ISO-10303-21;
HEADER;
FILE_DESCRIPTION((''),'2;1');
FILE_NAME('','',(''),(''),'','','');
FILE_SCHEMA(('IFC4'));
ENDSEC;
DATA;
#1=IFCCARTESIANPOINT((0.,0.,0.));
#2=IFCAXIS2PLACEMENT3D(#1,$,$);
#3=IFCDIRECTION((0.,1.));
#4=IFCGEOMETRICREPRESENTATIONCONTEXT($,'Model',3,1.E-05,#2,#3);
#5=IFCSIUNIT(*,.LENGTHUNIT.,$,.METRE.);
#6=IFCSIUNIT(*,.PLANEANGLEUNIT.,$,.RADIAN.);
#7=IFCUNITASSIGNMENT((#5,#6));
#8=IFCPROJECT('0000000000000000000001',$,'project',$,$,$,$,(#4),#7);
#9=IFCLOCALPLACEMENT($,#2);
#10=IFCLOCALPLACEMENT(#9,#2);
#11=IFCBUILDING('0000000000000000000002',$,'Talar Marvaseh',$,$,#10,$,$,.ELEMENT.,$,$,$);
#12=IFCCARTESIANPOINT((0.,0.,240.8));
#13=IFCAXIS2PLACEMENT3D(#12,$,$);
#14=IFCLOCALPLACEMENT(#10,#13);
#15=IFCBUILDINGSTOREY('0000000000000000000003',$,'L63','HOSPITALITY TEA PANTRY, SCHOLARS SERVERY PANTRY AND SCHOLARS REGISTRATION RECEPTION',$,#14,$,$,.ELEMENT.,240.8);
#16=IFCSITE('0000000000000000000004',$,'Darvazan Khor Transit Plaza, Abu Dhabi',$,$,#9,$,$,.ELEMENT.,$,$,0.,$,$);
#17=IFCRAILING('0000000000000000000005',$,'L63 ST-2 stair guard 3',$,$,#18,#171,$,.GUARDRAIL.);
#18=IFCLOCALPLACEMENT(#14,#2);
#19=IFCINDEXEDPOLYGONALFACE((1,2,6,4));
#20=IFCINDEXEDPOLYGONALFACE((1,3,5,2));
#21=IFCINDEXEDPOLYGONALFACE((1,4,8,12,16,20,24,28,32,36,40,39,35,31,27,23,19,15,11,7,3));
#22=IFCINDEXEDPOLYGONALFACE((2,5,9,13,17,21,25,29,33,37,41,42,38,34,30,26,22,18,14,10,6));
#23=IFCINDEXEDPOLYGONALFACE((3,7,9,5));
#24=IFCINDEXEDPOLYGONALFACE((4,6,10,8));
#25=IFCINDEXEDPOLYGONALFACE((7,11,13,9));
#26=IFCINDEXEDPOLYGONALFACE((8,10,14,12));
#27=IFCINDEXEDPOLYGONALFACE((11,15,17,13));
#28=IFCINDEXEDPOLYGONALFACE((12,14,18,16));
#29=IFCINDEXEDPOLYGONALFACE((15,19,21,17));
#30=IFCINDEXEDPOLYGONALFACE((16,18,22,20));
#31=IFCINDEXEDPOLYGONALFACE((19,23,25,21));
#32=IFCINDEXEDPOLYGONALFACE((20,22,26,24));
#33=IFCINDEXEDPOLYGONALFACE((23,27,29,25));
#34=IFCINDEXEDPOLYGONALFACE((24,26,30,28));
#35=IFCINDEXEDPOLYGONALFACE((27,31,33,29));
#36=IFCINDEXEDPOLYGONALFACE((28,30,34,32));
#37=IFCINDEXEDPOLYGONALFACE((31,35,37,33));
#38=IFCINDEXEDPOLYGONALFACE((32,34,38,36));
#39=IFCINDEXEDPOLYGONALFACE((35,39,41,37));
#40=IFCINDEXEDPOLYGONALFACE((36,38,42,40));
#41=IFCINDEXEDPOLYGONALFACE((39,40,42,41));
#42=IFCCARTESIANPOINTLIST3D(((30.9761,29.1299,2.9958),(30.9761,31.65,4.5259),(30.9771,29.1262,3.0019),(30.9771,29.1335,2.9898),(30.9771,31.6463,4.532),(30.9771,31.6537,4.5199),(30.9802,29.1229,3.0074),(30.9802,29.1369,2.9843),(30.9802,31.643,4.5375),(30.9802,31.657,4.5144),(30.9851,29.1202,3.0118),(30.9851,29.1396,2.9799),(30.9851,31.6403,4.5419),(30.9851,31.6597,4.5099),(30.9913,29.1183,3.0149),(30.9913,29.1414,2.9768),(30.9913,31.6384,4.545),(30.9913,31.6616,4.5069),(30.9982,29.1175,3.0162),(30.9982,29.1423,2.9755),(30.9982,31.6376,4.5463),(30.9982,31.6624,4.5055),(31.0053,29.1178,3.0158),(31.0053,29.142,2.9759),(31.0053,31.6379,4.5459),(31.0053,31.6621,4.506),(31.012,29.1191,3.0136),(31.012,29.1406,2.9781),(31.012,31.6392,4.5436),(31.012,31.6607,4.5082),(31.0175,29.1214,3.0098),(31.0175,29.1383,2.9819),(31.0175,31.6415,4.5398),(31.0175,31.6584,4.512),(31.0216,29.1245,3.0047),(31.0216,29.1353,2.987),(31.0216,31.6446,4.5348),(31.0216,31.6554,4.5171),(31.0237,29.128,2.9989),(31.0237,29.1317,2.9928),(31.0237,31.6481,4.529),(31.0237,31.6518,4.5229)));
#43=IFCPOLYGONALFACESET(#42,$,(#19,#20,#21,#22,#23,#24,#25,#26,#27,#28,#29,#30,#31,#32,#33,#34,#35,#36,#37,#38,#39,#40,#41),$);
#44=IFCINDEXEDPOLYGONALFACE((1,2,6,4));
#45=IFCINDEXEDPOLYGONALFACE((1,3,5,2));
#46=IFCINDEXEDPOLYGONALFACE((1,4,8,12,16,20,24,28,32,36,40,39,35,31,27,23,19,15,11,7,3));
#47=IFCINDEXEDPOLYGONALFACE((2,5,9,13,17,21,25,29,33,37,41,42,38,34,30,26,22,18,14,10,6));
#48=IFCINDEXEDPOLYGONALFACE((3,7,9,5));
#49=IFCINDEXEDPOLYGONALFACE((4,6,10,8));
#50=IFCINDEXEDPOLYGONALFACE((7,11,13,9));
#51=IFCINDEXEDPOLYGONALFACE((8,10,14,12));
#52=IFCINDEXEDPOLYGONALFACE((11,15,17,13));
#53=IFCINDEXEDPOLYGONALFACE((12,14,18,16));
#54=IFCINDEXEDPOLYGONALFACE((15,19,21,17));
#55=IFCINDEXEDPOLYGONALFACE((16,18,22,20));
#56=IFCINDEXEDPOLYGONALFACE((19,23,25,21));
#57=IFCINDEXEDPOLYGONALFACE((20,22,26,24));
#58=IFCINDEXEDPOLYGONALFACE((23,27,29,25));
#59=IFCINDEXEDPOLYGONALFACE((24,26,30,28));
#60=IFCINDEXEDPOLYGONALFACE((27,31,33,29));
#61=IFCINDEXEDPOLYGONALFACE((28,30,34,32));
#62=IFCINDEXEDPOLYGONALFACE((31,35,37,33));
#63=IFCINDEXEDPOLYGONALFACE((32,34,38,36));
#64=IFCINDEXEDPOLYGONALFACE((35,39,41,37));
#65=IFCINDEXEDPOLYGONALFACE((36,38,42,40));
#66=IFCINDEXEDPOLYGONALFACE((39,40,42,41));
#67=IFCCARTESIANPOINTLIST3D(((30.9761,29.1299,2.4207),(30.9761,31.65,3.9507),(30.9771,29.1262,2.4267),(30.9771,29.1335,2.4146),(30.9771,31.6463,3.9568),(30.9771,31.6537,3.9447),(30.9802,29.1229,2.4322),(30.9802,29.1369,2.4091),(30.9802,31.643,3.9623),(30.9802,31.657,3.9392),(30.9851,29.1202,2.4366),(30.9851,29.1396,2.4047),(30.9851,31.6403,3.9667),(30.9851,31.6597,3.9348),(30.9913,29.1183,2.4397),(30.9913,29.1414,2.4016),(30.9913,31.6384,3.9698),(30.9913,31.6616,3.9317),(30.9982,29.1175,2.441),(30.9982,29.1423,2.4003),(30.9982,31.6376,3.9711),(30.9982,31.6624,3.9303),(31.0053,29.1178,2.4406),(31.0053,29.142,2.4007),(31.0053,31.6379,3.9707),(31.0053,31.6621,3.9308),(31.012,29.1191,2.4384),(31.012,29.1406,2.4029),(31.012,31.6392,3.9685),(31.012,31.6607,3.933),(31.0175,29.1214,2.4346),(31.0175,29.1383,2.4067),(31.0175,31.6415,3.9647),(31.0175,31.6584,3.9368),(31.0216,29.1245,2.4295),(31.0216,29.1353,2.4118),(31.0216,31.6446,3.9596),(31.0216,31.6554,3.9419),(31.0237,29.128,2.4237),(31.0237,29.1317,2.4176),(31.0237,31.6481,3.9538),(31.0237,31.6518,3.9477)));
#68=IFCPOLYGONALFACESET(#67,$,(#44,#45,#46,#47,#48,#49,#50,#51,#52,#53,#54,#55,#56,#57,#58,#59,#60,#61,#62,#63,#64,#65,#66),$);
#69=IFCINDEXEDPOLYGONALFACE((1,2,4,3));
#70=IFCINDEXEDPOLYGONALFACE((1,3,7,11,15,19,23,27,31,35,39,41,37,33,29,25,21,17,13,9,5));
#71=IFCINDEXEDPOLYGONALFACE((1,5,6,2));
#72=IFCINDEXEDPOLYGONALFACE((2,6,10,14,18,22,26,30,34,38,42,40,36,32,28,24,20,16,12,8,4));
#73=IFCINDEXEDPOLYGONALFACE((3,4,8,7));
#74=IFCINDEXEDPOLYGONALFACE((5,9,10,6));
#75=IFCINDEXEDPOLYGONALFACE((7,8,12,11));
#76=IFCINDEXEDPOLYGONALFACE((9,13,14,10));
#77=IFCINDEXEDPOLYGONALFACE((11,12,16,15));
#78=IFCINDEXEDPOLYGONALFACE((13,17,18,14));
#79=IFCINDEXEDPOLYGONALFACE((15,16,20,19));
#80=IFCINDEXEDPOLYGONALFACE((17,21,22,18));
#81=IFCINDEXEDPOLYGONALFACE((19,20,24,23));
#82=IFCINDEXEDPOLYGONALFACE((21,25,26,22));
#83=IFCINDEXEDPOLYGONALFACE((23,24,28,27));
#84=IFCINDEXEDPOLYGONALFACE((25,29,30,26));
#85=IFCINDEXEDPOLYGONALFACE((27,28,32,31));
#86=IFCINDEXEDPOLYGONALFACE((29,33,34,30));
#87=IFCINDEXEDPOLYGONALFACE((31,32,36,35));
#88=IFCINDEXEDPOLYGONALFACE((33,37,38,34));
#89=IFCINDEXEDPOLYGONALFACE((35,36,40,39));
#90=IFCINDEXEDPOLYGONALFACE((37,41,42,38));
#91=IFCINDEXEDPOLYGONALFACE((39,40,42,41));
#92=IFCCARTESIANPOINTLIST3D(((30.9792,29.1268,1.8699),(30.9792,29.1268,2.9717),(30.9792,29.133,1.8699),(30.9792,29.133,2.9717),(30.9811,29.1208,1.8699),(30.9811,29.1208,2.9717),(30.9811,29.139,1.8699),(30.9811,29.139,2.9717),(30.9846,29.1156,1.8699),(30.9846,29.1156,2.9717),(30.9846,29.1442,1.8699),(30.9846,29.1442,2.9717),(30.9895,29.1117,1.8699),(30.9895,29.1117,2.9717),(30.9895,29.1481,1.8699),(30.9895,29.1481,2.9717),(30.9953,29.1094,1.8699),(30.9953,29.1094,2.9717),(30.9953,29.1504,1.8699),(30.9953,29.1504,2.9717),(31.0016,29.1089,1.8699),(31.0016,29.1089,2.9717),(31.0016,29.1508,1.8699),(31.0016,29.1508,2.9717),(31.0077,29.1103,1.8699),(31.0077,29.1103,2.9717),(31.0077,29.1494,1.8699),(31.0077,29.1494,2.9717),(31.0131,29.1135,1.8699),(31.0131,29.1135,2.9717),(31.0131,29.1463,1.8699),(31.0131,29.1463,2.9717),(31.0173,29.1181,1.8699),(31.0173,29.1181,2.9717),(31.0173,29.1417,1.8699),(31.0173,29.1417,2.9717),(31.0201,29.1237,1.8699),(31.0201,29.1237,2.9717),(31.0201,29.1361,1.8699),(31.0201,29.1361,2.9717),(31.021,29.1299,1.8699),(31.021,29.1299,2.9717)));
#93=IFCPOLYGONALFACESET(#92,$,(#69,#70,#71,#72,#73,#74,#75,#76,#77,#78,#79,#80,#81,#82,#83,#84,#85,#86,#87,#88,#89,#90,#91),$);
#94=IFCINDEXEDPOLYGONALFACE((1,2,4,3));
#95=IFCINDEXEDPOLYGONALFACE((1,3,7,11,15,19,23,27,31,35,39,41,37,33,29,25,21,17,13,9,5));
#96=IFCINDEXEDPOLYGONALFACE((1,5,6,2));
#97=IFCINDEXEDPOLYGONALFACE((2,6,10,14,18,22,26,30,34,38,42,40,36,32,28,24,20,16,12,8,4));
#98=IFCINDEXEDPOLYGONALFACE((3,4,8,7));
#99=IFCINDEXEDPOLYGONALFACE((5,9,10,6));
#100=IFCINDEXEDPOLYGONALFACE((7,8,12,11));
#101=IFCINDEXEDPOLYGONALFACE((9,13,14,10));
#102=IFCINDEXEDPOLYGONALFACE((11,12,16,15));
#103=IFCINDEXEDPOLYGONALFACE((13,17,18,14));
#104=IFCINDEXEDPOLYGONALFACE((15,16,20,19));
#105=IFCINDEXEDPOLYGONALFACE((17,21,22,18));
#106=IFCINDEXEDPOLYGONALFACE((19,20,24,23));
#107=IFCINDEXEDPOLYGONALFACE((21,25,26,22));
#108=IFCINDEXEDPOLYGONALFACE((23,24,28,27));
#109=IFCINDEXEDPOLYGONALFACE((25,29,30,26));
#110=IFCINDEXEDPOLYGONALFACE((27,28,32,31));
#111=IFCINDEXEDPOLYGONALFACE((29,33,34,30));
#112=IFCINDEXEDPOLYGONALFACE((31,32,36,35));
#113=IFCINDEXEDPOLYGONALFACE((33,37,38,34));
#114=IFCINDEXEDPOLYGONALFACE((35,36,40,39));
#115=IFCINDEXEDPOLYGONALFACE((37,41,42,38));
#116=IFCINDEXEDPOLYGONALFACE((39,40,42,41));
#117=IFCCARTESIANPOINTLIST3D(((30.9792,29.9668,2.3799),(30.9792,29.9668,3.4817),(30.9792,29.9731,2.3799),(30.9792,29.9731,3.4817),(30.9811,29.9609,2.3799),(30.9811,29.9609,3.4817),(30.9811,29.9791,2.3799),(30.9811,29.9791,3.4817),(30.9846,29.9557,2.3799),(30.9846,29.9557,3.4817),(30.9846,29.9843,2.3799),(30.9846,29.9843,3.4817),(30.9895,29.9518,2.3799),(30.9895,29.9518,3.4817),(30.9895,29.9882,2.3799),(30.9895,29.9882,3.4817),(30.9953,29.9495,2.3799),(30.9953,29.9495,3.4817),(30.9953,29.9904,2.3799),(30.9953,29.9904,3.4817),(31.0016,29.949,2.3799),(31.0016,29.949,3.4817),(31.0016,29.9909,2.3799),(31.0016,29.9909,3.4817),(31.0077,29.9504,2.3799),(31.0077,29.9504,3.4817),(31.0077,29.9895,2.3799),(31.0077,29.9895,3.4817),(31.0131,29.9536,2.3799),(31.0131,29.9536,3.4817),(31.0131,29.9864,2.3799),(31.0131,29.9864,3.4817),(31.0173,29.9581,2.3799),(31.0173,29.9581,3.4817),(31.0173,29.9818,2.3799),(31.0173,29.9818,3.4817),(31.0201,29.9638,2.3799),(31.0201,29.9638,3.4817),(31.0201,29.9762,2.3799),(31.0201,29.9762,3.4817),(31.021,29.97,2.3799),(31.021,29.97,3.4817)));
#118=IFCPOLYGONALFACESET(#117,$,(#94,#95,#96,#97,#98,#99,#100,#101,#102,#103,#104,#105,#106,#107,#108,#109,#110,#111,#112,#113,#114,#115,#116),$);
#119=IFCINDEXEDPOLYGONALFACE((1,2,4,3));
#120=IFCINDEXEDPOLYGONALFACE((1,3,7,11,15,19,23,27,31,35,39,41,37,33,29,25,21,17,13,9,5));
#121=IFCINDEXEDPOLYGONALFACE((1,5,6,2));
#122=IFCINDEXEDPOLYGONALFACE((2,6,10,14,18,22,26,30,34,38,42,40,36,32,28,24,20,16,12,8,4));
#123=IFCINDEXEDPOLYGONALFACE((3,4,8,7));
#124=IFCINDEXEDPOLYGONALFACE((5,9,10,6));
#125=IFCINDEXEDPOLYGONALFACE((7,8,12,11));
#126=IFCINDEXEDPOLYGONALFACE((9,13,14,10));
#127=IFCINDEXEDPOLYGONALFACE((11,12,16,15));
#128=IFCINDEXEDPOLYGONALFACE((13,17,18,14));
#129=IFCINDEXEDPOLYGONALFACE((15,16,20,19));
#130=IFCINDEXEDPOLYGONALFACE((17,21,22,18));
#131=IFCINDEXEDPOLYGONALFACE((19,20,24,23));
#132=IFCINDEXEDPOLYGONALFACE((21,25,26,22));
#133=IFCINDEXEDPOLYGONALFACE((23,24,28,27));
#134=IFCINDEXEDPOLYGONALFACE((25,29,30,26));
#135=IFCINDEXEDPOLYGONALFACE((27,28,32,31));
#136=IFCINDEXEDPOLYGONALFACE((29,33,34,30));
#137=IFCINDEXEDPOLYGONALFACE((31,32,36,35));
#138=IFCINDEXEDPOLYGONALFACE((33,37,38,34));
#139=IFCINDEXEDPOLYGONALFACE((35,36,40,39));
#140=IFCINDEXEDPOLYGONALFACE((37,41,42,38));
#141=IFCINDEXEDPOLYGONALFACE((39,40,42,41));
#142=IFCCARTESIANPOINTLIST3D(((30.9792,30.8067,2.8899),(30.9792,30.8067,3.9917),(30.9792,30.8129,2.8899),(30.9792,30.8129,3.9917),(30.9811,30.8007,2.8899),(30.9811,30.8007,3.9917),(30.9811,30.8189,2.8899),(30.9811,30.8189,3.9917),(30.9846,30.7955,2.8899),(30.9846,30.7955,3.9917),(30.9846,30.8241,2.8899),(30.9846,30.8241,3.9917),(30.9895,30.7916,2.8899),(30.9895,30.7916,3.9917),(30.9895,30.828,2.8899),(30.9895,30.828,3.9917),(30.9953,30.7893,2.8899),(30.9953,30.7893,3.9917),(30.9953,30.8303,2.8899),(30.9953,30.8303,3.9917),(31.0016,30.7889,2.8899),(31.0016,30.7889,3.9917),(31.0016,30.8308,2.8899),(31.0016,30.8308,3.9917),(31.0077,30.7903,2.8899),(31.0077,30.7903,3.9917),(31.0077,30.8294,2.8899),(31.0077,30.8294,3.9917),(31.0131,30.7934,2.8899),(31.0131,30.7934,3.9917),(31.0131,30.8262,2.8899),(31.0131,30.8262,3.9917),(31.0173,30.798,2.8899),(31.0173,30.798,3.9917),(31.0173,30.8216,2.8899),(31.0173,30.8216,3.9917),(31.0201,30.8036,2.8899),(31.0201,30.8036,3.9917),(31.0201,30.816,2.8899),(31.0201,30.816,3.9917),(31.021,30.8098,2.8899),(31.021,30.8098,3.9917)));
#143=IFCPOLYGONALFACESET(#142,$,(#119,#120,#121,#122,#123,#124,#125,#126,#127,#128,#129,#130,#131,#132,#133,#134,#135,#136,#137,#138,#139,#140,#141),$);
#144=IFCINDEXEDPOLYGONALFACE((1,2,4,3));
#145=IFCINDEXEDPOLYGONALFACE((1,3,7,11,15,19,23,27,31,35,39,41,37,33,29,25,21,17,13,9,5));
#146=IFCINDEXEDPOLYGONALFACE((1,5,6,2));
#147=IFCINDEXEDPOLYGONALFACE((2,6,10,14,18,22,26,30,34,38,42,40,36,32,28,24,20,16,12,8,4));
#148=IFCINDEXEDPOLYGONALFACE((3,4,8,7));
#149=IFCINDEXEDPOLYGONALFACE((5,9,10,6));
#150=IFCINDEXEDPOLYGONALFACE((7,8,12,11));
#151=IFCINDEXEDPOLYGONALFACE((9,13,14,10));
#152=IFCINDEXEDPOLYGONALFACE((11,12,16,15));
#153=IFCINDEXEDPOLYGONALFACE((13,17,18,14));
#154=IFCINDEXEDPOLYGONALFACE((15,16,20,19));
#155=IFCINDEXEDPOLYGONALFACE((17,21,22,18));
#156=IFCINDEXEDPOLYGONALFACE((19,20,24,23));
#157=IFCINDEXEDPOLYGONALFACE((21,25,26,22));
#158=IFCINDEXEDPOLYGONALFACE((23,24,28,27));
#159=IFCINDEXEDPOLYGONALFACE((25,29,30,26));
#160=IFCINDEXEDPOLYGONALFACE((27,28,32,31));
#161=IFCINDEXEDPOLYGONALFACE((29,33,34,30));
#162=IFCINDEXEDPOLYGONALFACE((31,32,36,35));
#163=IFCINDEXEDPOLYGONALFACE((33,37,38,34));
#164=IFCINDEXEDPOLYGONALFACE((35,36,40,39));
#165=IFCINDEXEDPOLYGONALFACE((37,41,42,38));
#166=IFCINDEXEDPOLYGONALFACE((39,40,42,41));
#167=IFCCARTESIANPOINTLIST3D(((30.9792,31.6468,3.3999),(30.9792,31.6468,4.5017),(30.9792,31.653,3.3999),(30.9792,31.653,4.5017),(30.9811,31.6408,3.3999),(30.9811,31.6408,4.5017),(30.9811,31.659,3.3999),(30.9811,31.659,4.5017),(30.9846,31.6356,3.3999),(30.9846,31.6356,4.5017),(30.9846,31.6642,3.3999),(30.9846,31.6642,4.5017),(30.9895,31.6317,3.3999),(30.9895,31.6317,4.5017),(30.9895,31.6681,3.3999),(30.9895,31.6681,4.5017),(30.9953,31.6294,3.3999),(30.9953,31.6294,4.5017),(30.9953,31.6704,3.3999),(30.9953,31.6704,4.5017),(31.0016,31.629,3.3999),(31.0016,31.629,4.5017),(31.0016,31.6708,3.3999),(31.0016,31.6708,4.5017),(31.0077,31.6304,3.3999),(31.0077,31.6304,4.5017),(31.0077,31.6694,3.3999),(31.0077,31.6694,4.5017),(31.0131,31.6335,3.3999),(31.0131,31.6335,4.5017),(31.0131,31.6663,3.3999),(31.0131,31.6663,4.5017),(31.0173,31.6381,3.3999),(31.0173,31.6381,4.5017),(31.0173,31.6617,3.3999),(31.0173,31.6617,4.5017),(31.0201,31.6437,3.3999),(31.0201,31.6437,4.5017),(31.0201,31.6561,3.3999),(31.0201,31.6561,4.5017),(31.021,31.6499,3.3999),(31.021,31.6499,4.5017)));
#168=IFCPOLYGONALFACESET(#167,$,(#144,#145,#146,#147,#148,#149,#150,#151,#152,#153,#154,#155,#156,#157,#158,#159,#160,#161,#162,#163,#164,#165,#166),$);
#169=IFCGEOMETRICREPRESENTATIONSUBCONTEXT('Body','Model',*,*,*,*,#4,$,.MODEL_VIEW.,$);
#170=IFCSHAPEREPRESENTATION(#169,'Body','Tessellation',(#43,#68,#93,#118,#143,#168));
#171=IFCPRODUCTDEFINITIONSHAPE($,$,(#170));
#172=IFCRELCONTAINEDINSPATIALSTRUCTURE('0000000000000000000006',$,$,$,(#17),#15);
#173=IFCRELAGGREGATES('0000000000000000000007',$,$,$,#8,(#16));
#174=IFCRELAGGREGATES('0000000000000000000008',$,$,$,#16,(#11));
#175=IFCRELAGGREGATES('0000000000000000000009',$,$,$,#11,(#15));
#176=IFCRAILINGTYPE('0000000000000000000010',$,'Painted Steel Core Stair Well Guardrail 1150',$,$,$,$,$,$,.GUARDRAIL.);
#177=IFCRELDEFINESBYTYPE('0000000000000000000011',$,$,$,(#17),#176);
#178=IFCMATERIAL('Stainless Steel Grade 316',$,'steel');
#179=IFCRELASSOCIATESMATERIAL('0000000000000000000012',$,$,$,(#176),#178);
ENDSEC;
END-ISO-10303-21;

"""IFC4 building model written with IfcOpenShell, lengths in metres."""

from ifc_helpers import new_model, si_unit, direction, frame, origin, origin_2d, place, context, subcontext, project, spatial, circle, extrude, material, type_object, element, save


model = new_model("IFC4")

# Units and contexts
model_context = context("Model", 3, precision=1e-05, world=origin(), true_north=direction((0.0, 1.0)))
body_context = subcontext(model_context, "Body", "Model", "MODEL_VIEW")
ifc_project = project(units=[si_unit("LENGTHUNIT", "METRE"), si_unit("PLANEANGLEUNIT", "RADIAN")], contexts=[model_context])

# Site, building, storey
site_placement = place(None, origin())
site = spatial("IfcSite", under=ifc_project, at=site_placement, Name="Darvazan Khor Transit Plaza, Abu Dhabi", CompositionType="ELEMENT", RefElevation=0.0)
building_placement = place(site_placement, origin())
building = spatial("IfcBuilding", under=site, at=building_placement, Name="Talar Marvaseh", CompositionType="ELEMENT")
storey_placement = place(building_placement, frame((0.0, 0.0, 240.8)))
storey = spatial("IfcBuildingStorey", under=building, at=storey_placement, Name="L63", Description="HOSPITALITY TEA PANTRY, SCHOLARS SERVERY PANTRY AND SCHOLARS REGISTRATION RECEPTION", CompositionType="ELEMENT", Elevation=240.8)

# Shared definitions
ifc_material_1 = material(Name="Stainless Steel Grade 316", Category="steel")

# Railing
railing_type_1 = type_object("IfcRailingType", Name="Painted Steel Core Stair Well Guardrail 1150", PredefinedType="GUARDRAIL", material=ifc_material_1)
railing_1_placement = place(storey_placement, frame((31.0, 29.1299, 1.8699)))
element("IfcRailing", 1, at=railing_1_placement, inside=storey, type_object=railing_type_1, Name="L63 ST-2 stair guard 3", PredefinedType="GUARDRAIL", context=body_context, shape_type="SweptSolid", body=[
    extrude(circle(Radius=0.0239, at=origin_2d()), frame((0.0, 0.0, 1.126), z_axis=(0.0, 0.854785, 0.518982), x_axis=(-1.0, 0.0, 0.0)), (0.0, 0.0, 1.0), 2.9482),
    extrude(circle(Radius=0.0239, at=origin_2d()), frame((0.0, 0.0, 0.5508), z_axis=(0.0, 0.854785, 0.518982), x_axis=(-1.0, 0.0, 0.0)), (0.0, 0.0, 1.0), 2.9482),
    extrude(circle(Radius=0.021, at=origin_2d()), origin(), (0.0, 0.0, 1.0), 1.1018),
    extrude(circle(Radius=0.021, at=origin_2d()), frame((0.0, 0.8401, 0.51)), (0.0, 0.0, 1.0), 1.1018),
    extrude(circle(Radius=0.021, at=origin_2d()), frame((0.0, 1.6799, 1.02)), (0.0, 0.0, 1.0), 1.1018),
    extrude(circle(Radius=0.021, at=origin_2d()), frame((0.0, 2.52, 1.53)), (0.0, 0.0, 1.0), 1.1018),
])

save(model, "model.ifc")
